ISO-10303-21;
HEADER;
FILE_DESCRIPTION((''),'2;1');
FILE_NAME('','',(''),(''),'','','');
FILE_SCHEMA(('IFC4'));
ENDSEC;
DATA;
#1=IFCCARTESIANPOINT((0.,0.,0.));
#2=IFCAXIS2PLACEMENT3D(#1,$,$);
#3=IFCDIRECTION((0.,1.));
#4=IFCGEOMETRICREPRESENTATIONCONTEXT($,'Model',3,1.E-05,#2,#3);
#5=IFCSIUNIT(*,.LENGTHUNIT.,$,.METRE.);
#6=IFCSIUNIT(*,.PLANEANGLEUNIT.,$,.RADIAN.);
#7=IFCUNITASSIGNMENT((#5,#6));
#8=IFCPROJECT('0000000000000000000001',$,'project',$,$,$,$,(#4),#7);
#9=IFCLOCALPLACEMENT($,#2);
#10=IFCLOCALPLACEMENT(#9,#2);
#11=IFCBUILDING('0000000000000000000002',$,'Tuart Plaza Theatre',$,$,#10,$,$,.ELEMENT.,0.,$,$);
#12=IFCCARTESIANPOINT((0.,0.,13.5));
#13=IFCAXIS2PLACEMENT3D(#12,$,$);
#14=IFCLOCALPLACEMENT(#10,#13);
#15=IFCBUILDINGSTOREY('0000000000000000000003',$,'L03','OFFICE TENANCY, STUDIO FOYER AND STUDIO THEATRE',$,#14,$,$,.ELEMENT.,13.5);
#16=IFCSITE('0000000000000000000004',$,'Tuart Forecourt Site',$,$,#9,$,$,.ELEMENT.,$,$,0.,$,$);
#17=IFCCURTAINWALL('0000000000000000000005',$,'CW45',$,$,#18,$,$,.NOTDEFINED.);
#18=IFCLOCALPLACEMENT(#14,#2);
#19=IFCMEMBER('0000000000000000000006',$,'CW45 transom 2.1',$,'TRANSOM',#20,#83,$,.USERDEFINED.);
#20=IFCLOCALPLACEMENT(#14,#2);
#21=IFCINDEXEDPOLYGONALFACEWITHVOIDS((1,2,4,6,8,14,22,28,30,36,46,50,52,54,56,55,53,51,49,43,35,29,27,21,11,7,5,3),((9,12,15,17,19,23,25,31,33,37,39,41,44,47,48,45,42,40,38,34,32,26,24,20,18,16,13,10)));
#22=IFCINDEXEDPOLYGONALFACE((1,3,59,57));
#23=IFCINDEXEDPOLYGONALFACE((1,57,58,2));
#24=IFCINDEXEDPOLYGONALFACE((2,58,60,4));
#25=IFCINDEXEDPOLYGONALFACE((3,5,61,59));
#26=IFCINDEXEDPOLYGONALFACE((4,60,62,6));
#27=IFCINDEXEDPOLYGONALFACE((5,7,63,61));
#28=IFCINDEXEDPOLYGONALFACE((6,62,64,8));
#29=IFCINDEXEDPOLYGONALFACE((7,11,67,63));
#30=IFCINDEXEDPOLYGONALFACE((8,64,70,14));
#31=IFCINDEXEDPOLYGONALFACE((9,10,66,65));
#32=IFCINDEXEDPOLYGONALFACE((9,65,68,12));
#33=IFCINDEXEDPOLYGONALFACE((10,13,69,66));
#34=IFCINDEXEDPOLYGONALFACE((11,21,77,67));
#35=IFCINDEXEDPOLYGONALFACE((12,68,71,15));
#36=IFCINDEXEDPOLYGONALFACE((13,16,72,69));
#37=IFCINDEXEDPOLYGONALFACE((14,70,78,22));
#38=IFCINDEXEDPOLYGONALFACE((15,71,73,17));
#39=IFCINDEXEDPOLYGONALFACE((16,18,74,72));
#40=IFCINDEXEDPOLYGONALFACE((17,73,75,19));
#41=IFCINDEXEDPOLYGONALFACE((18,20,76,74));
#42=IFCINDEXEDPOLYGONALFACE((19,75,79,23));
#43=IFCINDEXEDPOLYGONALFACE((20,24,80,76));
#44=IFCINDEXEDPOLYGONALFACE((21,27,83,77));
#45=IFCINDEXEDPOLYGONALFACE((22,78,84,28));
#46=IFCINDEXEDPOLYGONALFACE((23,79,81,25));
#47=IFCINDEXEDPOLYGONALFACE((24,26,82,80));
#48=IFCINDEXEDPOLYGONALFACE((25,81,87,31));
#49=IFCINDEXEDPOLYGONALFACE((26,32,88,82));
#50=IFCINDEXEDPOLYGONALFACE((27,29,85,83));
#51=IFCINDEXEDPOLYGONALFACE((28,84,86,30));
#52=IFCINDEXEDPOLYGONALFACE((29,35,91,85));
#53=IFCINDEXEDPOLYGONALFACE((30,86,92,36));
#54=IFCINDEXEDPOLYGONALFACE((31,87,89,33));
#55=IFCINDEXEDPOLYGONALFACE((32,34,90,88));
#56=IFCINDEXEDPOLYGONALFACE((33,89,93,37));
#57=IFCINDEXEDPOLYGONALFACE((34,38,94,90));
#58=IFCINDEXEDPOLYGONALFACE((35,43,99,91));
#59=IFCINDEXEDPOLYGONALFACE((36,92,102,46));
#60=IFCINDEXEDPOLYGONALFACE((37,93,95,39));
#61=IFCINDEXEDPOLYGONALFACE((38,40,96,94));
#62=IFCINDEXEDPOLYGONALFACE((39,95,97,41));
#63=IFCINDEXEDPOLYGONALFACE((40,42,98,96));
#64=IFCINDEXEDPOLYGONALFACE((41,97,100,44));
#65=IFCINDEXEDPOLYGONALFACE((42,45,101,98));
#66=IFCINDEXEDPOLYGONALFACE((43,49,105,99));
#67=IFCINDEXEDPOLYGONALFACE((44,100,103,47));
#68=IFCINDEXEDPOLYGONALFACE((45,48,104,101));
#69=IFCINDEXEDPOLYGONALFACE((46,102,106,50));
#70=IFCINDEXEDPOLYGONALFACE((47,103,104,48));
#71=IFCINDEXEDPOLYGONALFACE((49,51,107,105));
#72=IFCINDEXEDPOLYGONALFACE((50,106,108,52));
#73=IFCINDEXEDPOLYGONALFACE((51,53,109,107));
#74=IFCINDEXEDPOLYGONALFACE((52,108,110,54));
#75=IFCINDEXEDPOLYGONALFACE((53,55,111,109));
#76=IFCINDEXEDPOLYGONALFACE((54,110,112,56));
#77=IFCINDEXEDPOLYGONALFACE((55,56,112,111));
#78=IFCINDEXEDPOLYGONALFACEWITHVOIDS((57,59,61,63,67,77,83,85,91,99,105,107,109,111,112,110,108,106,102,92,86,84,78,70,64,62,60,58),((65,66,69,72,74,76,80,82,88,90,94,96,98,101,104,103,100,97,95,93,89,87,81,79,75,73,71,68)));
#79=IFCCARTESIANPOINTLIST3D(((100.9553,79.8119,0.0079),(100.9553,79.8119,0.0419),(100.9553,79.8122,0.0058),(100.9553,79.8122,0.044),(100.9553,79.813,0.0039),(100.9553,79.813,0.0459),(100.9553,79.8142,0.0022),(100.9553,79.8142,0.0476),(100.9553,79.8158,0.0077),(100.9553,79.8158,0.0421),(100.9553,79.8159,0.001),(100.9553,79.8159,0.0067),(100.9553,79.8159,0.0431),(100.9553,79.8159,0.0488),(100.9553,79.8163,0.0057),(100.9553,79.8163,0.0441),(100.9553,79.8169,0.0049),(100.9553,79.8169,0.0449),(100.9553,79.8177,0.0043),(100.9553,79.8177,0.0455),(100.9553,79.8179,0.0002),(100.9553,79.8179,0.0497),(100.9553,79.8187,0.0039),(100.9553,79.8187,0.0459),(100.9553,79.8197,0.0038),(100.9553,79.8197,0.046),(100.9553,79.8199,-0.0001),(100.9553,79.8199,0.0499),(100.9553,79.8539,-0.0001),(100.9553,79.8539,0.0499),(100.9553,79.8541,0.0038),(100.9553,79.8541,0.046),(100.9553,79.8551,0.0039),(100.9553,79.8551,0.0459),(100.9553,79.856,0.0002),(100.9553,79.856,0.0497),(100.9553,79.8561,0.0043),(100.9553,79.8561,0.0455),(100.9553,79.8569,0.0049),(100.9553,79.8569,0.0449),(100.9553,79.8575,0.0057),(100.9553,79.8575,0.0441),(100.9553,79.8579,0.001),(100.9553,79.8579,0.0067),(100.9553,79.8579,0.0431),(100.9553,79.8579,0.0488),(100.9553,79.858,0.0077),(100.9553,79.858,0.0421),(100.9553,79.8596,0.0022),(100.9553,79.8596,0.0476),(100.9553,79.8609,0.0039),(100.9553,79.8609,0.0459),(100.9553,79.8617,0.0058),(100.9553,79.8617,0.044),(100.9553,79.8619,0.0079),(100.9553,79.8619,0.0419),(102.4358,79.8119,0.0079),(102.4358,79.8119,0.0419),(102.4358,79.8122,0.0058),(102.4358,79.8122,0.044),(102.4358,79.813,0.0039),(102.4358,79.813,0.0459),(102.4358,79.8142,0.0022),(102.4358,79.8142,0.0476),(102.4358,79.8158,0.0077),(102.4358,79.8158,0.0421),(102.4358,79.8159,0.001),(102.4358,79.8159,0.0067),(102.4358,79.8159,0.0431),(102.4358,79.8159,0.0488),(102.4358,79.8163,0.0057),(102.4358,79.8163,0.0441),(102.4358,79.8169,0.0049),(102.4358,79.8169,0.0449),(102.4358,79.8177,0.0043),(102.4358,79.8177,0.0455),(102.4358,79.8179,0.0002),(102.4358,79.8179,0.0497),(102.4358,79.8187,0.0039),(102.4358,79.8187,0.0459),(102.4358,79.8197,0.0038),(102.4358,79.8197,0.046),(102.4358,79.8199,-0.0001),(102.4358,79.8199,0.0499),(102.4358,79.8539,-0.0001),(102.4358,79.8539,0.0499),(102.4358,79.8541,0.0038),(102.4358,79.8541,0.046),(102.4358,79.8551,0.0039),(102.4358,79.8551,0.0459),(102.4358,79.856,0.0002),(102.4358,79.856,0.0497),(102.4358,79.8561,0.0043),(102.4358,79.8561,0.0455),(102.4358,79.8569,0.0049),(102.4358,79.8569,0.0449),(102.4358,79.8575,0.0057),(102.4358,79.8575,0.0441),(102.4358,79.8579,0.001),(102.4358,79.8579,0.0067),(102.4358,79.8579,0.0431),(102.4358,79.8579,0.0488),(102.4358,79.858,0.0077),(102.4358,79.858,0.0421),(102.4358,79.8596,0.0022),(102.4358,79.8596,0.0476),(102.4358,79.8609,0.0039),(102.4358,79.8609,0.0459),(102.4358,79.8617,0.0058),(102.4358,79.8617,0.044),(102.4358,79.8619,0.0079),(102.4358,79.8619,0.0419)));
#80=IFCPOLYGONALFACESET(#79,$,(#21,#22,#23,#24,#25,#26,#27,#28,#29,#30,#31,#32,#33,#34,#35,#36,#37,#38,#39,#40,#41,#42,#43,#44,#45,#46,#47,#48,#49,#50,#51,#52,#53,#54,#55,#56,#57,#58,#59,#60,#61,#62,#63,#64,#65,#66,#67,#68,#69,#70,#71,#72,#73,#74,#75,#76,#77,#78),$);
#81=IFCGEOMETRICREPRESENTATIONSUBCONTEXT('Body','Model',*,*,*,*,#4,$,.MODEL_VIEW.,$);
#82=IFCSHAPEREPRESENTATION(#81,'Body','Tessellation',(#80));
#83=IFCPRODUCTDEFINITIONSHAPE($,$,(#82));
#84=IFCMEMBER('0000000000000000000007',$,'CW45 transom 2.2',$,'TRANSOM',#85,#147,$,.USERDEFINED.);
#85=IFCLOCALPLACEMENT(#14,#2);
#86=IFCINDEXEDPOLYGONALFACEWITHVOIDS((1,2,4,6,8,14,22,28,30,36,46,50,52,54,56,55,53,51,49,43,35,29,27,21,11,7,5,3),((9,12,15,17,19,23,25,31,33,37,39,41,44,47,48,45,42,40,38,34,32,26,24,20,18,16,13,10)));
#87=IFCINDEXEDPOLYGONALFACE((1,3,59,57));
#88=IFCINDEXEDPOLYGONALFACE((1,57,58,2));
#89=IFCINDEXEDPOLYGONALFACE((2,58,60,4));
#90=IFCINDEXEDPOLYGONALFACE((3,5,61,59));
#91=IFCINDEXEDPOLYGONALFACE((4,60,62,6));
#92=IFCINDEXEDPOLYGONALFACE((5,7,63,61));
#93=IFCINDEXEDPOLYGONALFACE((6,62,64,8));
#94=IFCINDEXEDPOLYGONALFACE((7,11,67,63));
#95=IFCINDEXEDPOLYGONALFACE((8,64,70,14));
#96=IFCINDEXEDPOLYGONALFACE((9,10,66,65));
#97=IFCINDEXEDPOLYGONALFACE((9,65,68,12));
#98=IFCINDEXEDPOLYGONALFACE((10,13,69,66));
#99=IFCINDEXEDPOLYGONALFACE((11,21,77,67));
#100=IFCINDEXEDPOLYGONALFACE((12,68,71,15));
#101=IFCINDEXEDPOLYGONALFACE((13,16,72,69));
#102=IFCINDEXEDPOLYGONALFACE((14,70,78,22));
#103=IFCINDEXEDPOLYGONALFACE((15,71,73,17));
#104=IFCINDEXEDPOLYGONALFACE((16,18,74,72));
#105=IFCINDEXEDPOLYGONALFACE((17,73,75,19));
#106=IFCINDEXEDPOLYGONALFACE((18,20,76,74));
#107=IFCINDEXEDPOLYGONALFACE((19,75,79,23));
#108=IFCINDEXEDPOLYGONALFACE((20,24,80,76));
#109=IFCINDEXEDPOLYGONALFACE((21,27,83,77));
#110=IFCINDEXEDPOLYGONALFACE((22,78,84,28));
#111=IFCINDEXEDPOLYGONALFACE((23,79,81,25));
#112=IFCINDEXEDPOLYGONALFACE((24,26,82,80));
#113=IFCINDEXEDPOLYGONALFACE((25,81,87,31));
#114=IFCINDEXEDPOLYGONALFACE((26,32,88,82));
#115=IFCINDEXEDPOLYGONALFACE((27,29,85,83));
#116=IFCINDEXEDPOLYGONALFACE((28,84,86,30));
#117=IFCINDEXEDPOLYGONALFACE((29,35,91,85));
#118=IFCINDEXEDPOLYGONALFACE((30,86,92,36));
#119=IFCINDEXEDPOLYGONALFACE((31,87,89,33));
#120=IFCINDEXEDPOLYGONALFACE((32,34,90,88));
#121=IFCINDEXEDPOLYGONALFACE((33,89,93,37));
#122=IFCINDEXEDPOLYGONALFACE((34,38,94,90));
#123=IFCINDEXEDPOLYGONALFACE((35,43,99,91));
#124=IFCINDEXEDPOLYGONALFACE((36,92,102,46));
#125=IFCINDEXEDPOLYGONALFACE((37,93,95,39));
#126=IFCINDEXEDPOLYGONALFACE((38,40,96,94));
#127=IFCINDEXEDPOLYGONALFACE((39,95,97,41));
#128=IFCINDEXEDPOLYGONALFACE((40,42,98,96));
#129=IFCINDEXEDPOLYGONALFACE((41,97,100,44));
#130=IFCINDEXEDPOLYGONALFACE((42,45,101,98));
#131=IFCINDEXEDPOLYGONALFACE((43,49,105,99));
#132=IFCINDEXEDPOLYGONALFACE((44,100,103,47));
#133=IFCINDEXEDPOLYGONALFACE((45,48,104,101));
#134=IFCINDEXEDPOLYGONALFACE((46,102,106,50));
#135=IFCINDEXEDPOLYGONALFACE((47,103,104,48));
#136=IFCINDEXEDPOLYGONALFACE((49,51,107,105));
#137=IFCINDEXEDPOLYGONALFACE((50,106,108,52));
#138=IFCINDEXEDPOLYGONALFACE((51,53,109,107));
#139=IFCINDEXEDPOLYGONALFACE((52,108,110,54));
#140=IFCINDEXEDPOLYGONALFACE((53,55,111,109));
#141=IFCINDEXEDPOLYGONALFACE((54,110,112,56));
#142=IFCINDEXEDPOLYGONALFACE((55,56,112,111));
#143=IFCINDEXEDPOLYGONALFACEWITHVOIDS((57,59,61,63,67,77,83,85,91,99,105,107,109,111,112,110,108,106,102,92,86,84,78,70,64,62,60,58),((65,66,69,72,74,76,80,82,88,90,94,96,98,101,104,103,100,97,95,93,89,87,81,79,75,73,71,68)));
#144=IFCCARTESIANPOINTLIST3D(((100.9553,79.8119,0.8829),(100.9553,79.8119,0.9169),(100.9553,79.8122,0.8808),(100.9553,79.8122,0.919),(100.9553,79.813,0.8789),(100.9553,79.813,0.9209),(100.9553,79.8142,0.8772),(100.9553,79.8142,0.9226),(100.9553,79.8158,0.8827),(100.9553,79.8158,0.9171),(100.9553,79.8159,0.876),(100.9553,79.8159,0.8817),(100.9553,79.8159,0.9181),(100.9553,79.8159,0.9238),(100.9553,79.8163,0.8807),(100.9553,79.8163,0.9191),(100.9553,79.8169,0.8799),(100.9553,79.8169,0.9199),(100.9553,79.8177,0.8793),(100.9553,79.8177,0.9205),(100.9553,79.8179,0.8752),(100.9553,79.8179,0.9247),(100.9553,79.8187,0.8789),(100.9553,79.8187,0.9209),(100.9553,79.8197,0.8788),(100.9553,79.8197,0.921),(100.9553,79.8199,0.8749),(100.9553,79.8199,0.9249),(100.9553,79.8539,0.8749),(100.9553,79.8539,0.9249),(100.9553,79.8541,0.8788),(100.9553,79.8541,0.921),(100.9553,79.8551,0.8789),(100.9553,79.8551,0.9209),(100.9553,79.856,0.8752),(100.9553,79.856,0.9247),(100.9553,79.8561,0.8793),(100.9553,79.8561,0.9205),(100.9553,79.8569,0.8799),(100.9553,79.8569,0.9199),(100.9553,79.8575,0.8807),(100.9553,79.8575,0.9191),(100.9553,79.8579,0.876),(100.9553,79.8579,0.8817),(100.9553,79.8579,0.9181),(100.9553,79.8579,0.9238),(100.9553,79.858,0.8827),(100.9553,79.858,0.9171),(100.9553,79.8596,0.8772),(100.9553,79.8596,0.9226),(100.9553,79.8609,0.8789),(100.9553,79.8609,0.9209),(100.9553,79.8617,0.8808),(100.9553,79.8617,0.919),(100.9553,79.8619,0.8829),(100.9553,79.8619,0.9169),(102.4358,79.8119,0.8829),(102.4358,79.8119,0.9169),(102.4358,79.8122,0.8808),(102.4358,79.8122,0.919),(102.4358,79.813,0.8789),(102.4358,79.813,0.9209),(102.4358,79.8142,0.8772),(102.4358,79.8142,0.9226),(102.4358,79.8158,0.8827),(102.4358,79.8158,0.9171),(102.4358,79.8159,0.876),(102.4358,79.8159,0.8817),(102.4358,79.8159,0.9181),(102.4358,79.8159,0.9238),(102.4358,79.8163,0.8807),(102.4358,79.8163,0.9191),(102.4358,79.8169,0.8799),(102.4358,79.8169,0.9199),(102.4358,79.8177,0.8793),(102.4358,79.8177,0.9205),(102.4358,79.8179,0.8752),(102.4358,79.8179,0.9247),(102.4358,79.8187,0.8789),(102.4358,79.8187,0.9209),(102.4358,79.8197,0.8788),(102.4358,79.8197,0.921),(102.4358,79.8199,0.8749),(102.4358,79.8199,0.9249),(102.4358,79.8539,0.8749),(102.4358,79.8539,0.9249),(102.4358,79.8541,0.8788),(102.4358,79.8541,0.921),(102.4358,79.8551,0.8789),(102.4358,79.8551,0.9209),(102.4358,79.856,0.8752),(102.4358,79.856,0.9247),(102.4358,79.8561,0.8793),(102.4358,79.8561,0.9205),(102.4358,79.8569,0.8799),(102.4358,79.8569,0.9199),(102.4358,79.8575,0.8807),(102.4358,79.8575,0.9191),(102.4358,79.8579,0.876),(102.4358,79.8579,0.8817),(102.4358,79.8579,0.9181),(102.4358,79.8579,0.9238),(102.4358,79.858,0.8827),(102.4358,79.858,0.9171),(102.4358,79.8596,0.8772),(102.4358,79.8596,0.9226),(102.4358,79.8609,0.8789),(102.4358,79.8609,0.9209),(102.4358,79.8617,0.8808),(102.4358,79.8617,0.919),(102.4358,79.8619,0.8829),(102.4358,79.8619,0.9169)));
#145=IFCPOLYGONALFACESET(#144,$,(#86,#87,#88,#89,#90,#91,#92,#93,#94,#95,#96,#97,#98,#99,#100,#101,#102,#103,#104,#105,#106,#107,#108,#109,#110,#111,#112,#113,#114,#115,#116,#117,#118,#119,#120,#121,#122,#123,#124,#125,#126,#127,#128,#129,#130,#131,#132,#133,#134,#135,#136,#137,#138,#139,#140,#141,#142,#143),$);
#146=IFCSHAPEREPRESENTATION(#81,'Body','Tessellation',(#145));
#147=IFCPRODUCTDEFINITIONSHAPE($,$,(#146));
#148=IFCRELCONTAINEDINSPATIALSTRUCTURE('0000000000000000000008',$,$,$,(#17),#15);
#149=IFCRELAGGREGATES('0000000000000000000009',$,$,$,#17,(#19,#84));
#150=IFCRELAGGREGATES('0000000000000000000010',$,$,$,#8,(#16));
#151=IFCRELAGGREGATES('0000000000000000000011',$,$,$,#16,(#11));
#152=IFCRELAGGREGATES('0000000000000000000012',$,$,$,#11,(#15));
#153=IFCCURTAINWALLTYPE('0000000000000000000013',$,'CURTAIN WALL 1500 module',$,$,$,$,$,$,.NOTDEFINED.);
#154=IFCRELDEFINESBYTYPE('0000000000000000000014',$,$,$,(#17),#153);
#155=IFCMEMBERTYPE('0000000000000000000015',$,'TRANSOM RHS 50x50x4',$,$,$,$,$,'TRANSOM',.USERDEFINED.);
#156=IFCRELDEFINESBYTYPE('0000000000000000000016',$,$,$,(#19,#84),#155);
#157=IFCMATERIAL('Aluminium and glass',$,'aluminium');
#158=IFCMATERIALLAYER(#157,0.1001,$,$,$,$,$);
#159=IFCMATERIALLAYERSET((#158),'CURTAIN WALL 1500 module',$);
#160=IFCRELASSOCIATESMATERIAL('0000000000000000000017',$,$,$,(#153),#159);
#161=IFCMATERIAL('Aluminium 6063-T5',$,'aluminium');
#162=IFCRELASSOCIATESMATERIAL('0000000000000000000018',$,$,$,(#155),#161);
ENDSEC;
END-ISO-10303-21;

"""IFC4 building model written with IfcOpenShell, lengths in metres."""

from ifc_helpers import new_model, si_unit, direction, frame, origin, origin_2d, place, context, subcontext, project, spatial, hollow_rectangle, extrude, material, layer, layer_set, material_profile, profile_set, type_object, element, aggregate, save


model = new_model("IFC4")

# Units and contexts
model_context = context("Model", 3, precision=1e-05, world=origin(), true_north=direction((0.0, 1.0)))
body_context = subcontext(model_context, "Body", "Model", "MODEL_VIEW")
ifc_project = project(units=[si_unit("LENGTHUNIT", "METRE"), si_unit("PLANEANGLEUNIT", "RADIAN")], contexts=[model_context])

# Site, building, storey
site_placement = place(None, origin())
site = spatial("IfcSite", under=ifc_project, at=site_placement, Name="Tuart Forecourt Site", CompositionType="ELEMENT", RefElevation=0.0)
building_placement = place(site_placement, origin())
building = spatial("IfcBuilding", under=site, at=building_placement, Name="Tuart Plaza Theatre", CompositionType="ELEMENT", ElevationOfRefHeight=0.0)
storey_placement = place(building_placement, frame((0.0, 0.0, 13.5)))
storey = spatial("IfcBuildingStorey", under=building, at=storey_placement, Name="L03", Description="OFFICE TENANCY, STUDIO FOYER AND STUDIO THEATRE", CompositionType="ELEMENT", Elevation=13.5)

# Curtain wall, members
ifc_material_1 = material(Name="Aluminium and glass", Category="aluminium")
ifc_layer_1 = layer(ifc_material_1, 0.1001)
ifc_layer_set_1 = layer_set([ifc_layer_1], Name="CURTAIN WALL 1500 module")
curtain_wall_type = type_object("IfcCurtainWallType", Name="CURTAIN WALL 1500 module", PredefinedType="NOTDEFINED", material=ifc_layer_set_1)
curtain_wall_placement = place(storey_placement, origin())
curtain_wall = element("IfcCurtainWall", 1, at=curtain_wall_placement, inside=storey, type_object=curtain_wall_type, Name="CW45", PredefinedType="NOTDEFINED")
ifc_material_2 = material(Name="Aluminium 6063-T5", Category="aluminium")
ifc_material_profile_1 = material_profile(ifc_material_2, hollow_rectangle(XDim=0.05, YDim=0.05, WallThickness=0.0039, InnerFilletRadius=0.0039, OuterFilletRadius=0.0081, at=origin_2d()), Name="RHS 50x50x4")
ifc_profile_set_1 = profile_set([ifc_material_profile_1], Name="Aluminium 6063-T5")
member_type_1 = type_object("IfcMemberType", Name="TRANSOM RHS 50x50x4", ElementType="TRANSOM", PredefinedType="USERDEFINED", material=ifc_profile_set_1)
member_1_placement = place(storey_placement, frame((100.9553, 79.8369, 0.0249), z_axis=(1.0, 0.0, 0.0), x_axis=(0.0, 1.0, 0.0)))
member_1 = element("IfcMember", 2, at=member_1_placement, type_object=member_type_1, Name="CW45 transom 2.1", ObjectType="TRANSOM", PredefinedType="USERDEFINED", context=body_context, shape_type="SweptSolid", body=[
    extrude(hollow_rectangle(XDim=0.05, YDim=0.05, WallThickness=0.0039, InnerFilletRadius=0.0039, OuterFilletRadius=0.0081, at=origin_2d()), origin(), (0.0, 0.0, 1.0), 1.4805),
])
member_2_placement = place(storey_placement, frame((100.9553, 79.8369, 0.8999), z_axis=(1.0, 0.0, 0.0), x_axis=(0.0, 1.0, 0.0)))
member_2 = element("IfcMember", 3, at=member_2_placement, type_object=member_type_1, Name="CW45 transom 2.2", ObjectType="TRANSOM", PredefinedType="USERDEFINED", context=body_context, shape_type="SweptSolid", body=[
    extrude(hollow_rectangle(XDim=0.05, YDim=0.05, WallThickness=0.0039, InnerFilletRadius=0.0039, OuterFilletRadius=0.0081, at=origin_2d()), origin(), (0.0, 0.0, 1.0), 1.4805),
])
aggregate(curtain_wall, [member_1, member_2])

save(model, "model.ifc")
